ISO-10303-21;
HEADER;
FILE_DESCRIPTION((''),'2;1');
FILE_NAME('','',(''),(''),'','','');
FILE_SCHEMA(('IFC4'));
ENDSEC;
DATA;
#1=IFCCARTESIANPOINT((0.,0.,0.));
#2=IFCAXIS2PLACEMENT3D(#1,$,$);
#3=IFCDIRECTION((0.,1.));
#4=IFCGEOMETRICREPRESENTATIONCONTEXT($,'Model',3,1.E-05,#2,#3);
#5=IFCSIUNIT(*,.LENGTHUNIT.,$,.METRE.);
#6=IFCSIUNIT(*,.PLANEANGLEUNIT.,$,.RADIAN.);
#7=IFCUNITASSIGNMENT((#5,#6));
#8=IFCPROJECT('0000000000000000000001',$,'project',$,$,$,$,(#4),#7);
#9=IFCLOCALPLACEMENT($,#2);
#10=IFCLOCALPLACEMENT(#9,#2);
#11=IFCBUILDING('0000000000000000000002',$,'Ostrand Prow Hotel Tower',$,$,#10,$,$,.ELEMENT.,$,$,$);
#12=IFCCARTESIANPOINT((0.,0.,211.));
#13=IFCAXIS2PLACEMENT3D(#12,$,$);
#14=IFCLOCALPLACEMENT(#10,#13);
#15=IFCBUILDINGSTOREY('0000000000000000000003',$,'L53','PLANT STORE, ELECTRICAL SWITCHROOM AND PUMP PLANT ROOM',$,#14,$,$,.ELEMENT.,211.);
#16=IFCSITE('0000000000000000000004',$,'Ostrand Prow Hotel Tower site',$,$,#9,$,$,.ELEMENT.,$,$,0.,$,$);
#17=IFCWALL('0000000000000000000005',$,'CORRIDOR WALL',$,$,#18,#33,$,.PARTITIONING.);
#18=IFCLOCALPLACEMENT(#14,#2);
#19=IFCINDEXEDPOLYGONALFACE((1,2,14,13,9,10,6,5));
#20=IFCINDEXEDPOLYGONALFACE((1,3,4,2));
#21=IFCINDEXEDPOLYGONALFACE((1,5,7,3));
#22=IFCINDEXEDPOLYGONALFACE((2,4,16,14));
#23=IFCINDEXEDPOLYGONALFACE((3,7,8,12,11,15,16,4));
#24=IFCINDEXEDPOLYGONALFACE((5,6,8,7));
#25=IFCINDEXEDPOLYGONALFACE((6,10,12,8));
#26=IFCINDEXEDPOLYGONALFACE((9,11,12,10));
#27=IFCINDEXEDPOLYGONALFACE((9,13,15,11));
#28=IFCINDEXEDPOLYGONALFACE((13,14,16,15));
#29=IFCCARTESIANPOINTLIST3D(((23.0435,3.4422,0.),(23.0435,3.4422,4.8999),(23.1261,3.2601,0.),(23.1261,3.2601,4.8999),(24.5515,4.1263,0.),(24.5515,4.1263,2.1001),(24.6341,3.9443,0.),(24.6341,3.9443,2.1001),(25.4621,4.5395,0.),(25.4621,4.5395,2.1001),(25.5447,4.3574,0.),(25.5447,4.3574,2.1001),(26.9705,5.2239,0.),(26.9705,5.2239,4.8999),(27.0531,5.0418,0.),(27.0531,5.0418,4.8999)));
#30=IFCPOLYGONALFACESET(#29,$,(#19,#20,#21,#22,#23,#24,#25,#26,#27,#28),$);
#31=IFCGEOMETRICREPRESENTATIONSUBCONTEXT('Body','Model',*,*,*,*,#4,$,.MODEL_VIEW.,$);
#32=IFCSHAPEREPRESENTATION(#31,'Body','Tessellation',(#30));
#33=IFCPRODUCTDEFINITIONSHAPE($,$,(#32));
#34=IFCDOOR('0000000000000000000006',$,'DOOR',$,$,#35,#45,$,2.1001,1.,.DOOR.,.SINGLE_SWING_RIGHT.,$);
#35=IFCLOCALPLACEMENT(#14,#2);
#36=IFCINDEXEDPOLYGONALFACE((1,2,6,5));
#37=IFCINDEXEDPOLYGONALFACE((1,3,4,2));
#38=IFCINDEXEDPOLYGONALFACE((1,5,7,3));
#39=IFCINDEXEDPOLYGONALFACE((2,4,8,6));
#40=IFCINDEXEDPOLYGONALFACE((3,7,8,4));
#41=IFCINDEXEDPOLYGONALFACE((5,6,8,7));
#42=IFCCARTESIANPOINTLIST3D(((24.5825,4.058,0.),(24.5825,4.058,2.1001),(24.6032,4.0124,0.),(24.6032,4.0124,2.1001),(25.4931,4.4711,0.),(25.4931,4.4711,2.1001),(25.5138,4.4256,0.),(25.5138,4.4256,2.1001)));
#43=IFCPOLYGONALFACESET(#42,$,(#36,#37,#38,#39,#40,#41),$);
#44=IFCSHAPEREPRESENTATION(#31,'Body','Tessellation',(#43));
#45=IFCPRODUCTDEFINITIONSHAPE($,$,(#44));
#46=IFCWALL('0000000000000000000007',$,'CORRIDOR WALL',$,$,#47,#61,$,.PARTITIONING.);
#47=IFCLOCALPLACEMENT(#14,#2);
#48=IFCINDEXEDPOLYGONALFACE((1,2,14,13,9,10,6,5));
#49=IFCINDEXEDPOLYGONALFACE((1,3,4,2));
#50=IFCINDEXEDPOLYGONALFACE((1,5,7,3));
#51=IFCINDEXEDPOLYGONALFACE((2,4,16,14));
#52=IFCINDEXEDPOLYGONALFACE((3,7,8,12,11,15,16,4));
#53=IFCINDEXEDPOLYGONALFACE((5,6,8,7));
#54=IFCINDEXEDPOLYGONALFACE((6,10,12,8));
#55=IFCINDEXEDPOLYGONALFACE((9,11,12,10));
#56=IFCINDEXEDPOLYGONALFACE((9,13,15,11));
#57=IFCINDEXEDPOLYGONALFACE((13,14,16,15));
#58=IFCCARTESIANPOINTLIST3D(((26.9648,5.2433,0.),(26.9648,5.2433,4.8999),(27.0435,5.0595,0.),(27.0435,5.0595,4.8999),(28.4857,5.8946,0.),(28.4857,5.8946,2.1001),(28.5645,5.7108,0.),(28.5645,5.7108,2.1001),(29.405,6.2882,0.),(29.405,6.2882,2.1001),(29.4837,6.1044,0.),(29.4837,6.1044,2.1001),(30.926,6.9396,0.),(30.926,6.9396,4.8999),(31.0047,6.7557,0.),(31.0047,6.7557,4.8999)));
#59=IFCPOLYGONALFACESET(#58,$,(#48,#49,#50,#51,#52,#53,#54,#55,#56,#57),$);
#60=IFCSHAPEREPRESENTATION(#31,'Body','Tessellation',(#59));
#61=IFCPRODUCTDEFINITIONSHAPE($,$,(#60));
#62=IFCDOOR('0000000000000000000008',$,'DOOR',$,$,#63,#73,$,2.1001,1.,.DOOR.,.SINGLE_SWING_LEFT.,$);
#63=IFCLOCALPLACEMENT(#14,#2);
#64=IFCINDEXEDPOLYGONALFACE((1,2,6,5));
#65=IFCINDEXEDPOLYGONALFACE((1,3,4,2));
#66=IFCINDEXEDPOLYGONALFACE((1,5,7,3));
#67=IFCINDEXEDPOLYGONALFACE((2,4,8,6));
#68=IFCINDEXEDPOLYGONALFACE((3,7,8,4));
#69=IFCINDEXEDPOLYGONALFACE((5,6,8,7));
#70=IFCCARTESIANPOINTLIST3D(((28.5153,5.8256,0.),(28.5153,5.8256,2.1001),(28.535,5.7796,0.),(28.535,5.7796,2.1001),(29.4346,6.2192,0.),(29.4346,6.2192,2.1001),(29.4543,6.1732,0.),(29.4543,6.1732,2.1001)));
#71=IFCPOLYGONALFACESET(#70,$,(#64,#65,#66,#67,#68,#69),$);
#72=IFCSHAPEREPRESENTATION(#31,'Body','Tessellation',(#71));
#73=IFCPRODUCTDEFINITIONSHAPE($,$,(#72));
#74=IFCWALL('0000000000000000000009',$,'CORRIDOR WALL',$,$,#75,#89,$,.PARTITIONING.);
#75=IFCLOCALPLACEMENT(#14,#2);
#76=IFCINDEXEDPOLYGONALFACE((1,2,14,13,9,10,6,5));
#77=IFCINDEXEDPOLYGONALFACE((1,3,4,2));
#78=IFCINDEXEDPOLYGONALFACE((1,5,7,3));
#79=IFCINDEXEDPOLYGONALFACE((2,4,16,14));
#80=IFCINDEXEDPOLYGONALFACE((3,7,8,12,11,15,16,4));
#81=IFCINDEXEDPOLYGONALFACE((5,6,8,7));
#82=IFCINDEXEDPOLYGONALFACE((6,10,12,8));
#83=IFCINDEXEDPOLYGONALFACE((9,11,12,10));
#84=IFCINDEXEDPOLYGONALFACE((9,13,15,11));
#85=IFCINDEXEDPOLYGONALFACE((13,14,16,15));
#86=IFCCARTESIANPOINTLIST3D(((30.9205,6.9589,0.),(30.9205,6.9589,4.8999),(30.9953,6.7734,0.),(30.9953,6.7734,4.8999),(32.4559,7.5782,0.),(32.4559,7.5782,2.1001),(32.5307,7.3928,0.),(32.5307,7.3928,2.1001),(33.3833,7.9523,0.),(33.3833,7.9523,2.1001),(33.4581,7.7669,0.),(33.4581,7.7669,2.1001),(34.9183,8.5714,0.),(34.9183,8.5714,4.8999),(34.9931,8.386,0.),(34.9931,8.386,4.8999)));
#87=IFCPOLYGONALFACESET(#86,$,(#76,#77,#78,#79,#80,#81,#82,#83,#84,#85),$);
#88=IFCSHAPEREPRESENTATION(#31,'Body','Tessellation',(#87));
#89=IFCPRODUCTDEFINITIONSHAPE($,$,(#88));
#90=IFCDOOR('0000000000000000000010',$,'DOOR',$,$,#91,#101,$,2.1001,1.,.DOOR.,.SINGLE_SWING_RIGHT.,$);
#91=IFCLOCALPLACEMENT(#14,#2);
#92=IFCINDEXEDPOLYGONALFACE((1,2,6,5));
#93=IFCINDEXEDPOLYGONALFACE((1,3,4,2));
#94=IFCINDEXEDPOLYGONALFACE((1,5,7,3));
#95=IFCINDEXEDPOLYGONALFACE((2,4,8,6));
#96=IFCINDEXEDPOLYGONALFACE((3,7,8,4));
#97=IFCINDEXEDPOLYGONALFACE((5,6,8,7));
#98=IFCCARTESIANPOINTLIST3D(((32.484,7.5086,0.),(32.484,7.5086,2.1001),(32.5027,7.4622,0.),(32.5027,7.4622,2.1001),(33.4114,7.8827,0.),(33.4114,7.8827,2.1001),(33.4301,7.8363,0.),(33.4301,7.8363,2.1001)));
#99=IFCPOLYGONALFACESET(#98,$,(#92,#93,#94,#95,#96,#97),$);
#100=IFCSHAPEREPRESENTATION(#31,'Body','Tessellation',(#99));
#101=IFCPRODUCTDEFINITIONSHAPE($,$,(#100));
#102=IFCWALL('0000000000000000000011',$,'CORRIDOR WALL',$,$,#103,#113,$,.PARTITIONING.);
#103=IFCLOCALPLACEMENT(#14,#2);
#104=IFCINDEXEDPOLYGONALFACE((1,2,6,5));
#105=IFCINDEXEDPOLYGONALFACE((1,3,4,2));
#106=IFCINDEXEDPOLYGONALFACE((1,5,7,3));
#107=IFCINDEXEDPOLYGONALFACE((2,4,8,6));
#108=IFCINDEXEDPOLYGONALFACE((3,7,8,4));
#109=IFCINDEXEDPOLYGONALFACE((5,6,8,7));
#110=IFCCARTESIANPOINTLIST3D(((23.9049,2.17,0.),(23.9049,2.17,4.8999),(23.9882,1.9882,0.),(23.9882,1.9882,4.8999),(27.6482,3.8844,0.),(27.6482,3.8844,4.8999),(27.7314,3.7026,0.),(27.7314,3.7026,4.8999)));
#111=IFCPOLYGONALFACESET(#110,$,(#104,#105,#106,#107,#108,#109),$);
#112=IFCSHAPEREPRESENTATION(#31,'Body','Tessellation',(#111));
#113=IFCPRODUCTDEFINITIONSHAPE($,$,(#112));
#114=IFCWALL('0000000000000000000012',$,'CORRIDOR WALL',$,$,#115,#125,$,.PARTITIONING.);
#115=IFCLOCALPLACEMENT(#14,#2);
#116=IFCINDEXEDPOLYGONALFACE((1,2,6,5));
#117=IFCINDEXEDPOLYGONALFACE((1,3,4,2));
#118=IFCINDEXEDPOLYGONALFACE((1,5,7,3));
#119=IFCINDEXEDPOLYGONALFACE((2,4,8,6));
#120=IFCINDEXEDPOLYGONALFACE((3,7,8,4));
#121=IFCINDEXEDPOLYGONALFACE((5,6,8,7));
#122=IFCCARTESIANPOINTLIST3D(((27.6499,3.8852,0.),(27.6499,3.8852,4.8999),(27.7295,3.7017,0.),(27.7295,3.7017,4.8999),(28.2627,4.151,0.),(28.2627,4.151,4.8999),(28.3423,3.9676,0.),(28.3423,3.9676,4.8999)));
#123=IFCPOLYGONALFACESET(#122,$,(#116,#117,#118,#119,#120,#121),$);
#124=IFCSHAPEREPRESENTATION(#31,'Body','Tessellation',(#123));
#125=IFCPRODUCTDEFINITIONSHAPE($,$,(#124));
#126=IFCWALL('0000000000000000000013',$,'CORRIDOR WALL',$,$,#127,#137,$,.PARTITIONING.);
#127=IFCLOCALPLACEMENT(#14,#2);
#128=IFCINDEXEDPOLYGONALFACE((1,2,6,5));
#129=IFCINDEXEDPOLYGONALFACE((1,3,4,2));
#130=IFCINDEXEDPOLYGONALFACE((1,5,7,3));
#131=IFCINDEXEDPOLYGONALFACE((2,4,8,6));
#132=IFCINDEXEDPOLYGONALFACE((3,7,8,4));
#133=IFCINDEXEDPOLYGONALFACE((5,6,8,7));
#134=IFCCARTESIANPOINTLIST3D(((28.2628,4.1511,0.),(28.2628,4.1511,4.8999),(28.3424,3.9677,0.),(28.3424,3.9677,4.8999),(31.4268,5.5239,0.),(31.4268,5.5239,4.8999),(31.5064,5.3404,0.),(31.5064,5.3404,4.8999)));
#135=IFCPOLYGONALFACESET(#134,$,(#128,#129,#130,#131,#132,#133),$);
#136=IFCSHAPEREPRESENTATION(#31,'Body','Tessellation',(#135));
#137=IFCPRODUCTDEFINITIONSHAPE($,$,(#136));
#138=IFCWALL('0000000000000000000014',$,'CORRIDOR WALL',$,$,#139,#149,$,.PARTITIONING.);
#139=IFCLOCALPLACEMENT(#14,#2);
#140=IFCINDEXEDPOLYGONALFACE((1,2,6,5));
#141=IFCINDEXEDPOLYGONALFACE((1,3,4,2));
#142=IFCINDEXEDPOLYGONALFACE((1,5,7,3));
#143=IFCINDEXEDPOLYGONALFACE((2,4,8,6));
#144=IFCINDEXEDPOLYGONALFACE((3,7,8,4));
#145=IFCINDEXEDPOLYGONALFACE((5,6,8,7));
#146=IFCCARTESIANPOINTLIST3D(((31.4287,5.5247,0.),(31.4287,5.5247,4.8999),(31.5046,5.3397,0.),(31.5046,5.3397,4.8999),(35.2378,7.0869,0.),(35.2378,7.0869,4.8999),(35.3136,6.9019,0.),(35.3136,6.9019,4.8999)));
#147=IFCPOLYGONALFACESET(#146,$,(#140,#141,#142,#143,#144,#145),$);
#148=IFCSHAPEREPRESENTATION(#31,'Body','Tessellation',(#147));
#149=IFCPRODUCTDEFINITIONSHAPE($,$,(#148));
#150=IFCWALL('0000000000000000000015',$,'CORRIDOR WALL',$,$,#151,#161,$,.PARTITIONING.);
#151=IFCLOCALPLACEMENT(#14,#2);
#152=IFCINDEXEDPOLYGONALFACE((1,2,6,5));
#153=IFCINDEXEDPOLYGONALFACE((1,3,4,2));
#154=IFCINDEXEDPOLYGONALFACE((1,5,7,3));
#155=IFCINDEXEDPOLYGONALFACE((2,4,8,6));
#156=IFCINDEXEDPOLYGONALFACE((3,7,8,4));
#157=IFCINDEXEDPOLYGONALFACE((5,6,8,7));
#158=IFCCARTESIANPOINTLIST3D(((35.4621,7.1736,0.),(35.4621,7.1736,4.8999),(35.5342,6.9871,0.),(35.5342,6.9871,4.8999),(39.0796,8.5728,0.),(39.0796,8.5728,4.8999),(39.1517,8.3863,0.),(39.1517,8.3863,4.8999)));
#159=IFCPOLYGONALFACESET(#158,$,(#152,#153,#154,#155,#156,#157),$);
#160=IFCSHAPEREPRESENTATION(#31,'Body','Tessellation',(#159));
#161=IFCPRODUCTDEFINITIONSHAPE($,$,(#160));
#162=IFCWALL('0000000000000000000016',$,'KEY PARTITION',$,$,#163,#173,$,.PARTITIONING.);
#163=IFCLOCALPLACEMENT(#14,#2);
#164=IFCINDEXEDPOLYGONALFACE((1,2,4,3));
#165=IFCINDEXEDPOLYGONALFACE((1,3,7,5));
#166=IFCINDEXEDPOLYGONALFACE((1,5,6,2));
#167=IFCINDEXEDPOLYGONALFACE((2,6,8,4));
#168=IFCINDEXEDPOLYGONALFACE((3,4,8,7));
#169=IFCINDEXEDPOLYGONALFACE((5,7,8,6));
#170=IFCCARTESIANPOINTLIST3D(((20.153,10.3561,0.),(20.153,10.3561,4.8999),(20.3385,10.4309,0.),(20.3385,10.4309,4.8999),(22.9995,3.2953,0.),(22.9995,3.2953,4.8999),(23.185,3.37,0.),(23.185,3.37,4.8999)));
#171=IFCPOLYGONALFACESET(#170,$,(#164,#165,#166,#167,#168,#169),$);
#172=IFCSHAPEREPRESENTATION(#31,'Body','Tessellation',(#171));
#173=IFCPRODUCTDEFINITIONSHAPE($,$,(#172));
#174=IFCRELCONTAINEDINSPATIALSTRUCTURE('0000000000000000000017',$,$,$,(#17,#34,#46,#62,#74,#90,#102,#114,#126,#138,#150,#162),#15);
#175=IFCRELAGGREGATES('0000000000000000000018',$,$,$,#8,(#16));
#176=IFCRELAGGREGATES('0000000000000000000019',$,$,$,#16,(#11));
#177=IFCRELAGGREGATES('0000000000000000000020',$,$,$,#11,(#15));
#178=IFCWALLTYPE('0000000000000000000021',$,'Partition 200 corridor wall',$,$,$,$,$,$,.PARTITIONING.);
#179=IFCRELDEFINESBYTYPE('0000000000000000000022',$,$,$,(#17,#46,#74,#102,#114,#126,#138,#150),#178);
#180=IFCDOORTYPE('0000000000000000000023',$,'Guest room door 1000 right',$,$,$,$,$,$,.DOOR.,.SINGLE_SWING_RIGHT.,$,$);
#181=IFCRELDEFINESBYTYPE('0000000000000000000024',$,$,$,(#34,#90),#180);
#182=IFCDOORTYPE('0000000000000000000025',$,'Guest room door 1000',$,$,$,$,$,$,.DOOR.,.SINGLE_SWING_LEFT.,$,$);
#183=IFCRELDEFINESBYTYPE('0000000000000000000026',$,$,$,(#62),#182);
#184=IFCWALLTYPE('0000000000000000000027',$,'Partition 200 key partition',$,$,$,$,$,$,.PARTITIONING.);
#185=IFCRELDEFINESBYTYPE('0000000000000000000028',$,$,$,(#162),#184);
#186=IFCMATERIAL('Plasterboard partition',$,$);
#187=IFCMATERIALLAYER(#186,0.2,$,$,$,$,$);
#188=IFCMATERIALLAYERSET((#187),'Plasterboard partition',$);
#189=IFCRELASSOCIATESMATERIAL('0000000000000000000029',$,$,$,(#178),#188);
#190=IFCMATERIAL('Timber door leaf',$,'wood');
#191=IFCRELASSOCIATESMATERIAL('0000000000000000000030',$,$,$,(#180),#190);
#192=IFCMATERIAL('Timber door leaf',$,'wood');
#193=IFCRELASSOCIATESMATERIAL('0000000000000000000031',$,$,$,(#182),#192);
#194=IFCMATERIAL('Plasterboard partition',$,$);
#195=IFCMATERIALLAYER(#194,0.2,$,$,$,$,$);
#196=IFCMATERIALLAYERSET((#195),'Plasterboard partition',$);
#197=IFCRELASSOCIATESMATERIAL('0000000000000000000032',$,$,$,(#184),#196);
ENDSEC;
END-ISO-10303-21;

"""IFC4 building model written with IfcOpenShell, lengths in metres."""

from ifc_helpers import new_model, si_unit, direction, frame, frame_2d, origin, place, context, subcontext, project, spatial, rectangle, extrude, material, layer, layer_set, type_object, element, fill, save


model = new_model("IFC4")

# Units and contexts
model_context = context("Model", 3, precision=1e-05, world=origin(), true_north=direction((0.0, 1.0)))
body_context = subcontext(model_context, "Body", "Model", "MODEL_VIEW")
ifc_project = project(units=[si_unit("LENGTHUNIT", "METRE"), si_unit("PLANEANGLEUNIT", "RADIAN")], contexts=[model_context])

# Site, building, storey
site_placement = place(None, origin())
site = spatial("IfcSite", under=ifc_project, at=site_placement, Name="Ostrand Prow Hotel Tower site", CompositionType="ELEMENT", RefElevation=0.0)
building_placement = place(site_placement, origin())
building = spatial("IfcBuilding", under=site, at=building_placement, Name="Ostrand Prow Hotel Tower", CompositionType="ELEMENT")
storey_placement = place(building_placement, frame((0.0, 0.0, 211.0)))
storey = spatial("IfcBuildingStorey", under=building, at=storey_placement, Name="L53", Description="PLANT STORE, ELECTRICAL SWITCHROOM AND PUMP PLANT ROOM", CompositionType="ELEMENT", Elevation=211.0)

# Walls, openings, doors
ifc_material_1 = material(Name="Plasterboard partition")
ifc_layer_1 = layer(ifc_material_1, 0.2)
ifc_layer_set_1 = layer_set([ifc_layer_1], Name="Plasterboard partition")
wall_type_1 = type_object("IfcWallType", Name="Partition 200 corridor wall", PredefinedType="PARTITIONING", material=ifc_layer_set_1)
wall_1_placement = place(storey_placement, frame((23.0847, 3.3511, 0.0), z_axis=(0.0, 0.0, 1.0), x_axis=(0.910651, 0.413176, 0.0)))
wall_1 = element("IfcWall", 1, at=wall_1_placement, inside=storey, type_object=wall_type_1, Name="CORRIDOR WALL", PredefinedType="PARTITIONING", context=body_context, shape_type="SweptSolid", body=[
    extrude(rectangle(XDim=4.3123, YDim=0.2, at=frame_2d((2.1562, 0.0))), origin(), (0.0, 0.0, 1.0), 4.8999),
])
opening_1_placement = place(wall_1_placement, frame((1.656, 0.0, 0.0)))
opening_1 = element("IfcOpeningElement", 2, at=opening_1_placement, cuts=wall_1, PredefinedType="OPENING", context=body_context, shape_type="SweptSolid", body=[
    extrude(rectangle(XDim=1.0, YDim=2.1001, at=frame_2d((0.5, 1.05))), frame((0.0, 0.1099, 0.0), z_axis=(0.0, -1.0, 0.0), x_axis=(1.0, 0.0, 0.0)), (0.0, 0.0, 1.0), 0.22),
])
ifc_material_2 = material(Name="Timber door leaf", Category="wood")
door_type_1 = type_object("IfcDoorType", Name="Guest room door 1000 right", OperationType="SINGLE_SWING_RIGHT", PredefinedType="DOOR", material=ifc_material_2)
door_1_placement = place(opening_1_placement, origin())
door_1 = element("IfcDoor", 3, at=door_1_placement, inside=storey, type_object=door_type_1, Name="DOOR", OperationType="SINGLE_SWING_RIGHT", OverallHeight=2.1001, OverallWidth=1.0, PredefinedType="DOOR", context=body_context, shape_type="SweptSolid", body=[
    extrude(rectangle(XDim=1.0, YDim=2.1001, at=frame_2d((0.5, 1.05))), frame((0.0, 0.0249, 0.0), z_axis=(0.0, -1.0, 0.0), x_axis=(1.0, 0.0, 0.0)), (0.0, 0.0, 1.0), 0.05),
])
fill(opening_1, door_1)
wall_2_placement = place(storey_placement, frame((27.0042, 5.1514, 0.0), z_axis=(0.0, 0.0, 1.0), x_axis=(0.919259, 0.393653, 0.0)))
wall_2 = element("IfcWall", 4, at=wall_2_placement, inside=storey, type_object=wall_type_1, Name="CORRIDOR WALL", PredefinedType="PARTITIONING", context=body_context, shape_type="SweptSolid", body=[
    extrude(rectangle(XDim=4.3091, YDim=0.2, at=frame_2d((2.1545, 0.0))), origin(), (0.0, 0.0, 1.0), 4.8999),
])
opening_2_placement = place(wall_2_placement, frame((1.6545, 0.0, 0.0)))
opening_2 = element("IfcOpeningElement", 5, at=opening_2_placement, cuts=wall_2, PredefinedType="OPENING", context=body_context, shape_type="SweptSolid", body=[
    extrude(rectangle(XDim=1.0, YDim=2.1001, at=frame_2d((0.5, 1.05))), frame((0.0, 0.1099, 0.0), z_axis=(0.0, -1.0, 0.0), x_axis=(1.0, 0.0, 0.0)), (0.0, 0.0, 1.0), 0.22),
])
ifc_material_3 = material(Name="Timber door leaf", Category="wood")
door_type_2 = type_object("IfcDoorType", Name="Guest room door 1000", OperationType="SINGLE_SWING_LEFT", PredefinedType="DOOR", material=ifc_material_3)
door_2_placement = place(opening_2_placement, origin())
door_2 = element("IfcDoor", 6, at=door_2_placement, inside=storey, type_object=door_type_2, Name="DOOR", OperationType="SINGLE_SWING_LEFT", OverallHeight=2.1001, OverallWidth=1.0, PredefinedType="DOOR", context=body_context, shape_type="SweptSolid", body=[
    extrude(rectangle(XDim=1.0, YDim=2.1001, at=frame_2d((0.5, 1.05))), frame((0.0, 0.0249, 0.0), z_axis=(0.0, -1.0, 0.0), x_axis=(1.0, 0.0, 0.0)), (0.0, 0.0, 1.0), 0.05),
])
fill(opening_2, door_2)
wall_3_placement = place(storey_placement, frame((30.958, 6.8662, 0.0), z_axis=(0.0, 0.0, 1.0), x_axis=(0.927399, 0.374074, 0.0)))
wall_3 = element("IfcWall", 7, at=wall_3_placement, inside=storey, type_object=wall_type_1, Name="CORRIDOR WALL", PredefinedType="PARTITIONING", context=body_context, shape_type="SweptSolid", body=[
    extrude(rectangle(XDim=4.3108, YDim=0.2, at=frame_2d((2.1553, 0.0))), origin(), (0.0, 0.0, 1.0), 4.8999),
])
opening_3_placement = place(wall_3_placement, frame((1.6555, 0.0, 0.0)))
opening_3 = element("IfcOpeningElement", 8, at=opening_3_placement, cuts=wall_3, PredefinedType="OPENING", context=body_context, shape_type="SweptSolid", body=[
    extrude(rectangle(XDim=1.0, YDim=2.1001, at=frame_2d((0.5, 1.05))), frame((0.0, 0.1099, 0.0), z_axis=(0.0, -1.0, 0.0), x_axis=(1.0, 0.0, 0.0)), (0.0, 0.0, 1.0), 0.22),
])
door_3_placement = place(opening_3_placement, origin())
door_3 = element("IfcDoor", 9, at=door_3_placement, inside=storey, type_object=door_type_1, Name="DOOR", OperationType="SINGLE_SWING_RIGHT", OverallHeight=2.1001, OverallWidth=1.0, PredefinedType="DOOR", context=body_context, shape_type="SweptSolid", body=[
    extrude(rectangle(XDim=1.0, YDim=2.1001, at=frame_2d((0.5, 1.05))), frame((0.0, 0.0249, 0.0), z_axis=(0.0, -1.0, 0.0), x_axis=(1.0, 0.0, 0.0)), (0.0, 0.0, 1.0), 0.05),
])
fill(opening_3, door_3)

# Walls
wall_4_placement = place(storey_placement, frame((23.9465, 2.0791, 0.0), z_axis=(0.0, 0.0, 1.0), x_axis=(0.909181, 0.416402, 0.0)))
element("IfcWall", 10, at=wall_4_placement, inside=storey, type_object=wall_type_1, Name="CORRIDOR WALL", PredefinedType="PARTITIONING", context=body_context, shape_type="SweptSolid", body=[
    extrude(rectangle(XDim=4.1172, YDim=0.2, at=frame_2d((2.0586, 0.0))), origin(), (0.0, 0.0, 1.0), 4.8999),
])
wall_5_placement = place(storey_placement, frame((27.6897, 3.7935, 0.0), z_axis=(0.0, 0.0, 1.0), x_axis=(0.917378, 0.398018, 0.0)))
element("IfcWall", 11, at=wall_5_placement, inside=storey, type_object=wall_type_1, Name="CORRIDOR WALL", PredefinedType="PARTITIONING", context=body_context, shape_type="SweptSolid", body=[
    extrude(rectangle(XDim=0.668, YDim=0.2, at=frame_2d((0.334, 0.0))), origin(), (0.0, 0.0, 1.0), 4.8999),
])
wall_6_placement = place(storey_placement, frame((28.3025, 4.0593, 0.0), z_axis=(0.0, 0.0, 1.0), x_axis=(0.917375, 0.398025, 0.0)))
element("IfcWall", 12, at=wall_6_placement, inside=storey, type_object=wall_type_1, Name="CORRIDOR WALL", PredefinedType="PARTITIONING", context=body_context, shape_type="SweptSolid", body=[
    extrude(rectangle(XDim=3.449, YDim=0.2, at=frame_2d((1.7246, 0.0))), origin(), (0.0, 0.0, 1.0), 4.8999),
])
wall_7_placement = place(storey_placement, frame((31.4666, 5.4321, 0.0), z_axis=(0.0, 0.0, 1.0), x_axis=(0.925207, 0.379464, 0.0)))
element("IfcWall", 13, at=wall_7_placement, inside=storey, type_object=wall_type_1, Name="CORRIDOR WALL", PredefinedType="PARTITIONING", context=body_context, shape_type="SweptSolid", body=[
    extrude(rectangle(XDim=4.1169, YDim=0.2, at=frame_2d((2.0586, 0.0))), origin(), (0.0, 0.0, 1.0), 4.8999),
])
wall_8_placement = place(storey_placement, frame((35.498, 7.0803, 0.0), z_axis=(0.0, 0.0, 1.0), x_axis=(0.932666, 0.360742, 0.0)))
element("IfcWall", 14, at=wall_8_placement, inside=storey, type_object=wall_type_1, Name="CORRIDOR WALL", PredefinedType="PARTITIONING", context=body_context, shape_type="SweptSolid", body=[
    extrude(rectangle(XDim=3.8787, YDim=0.2, at=frame_2d((1.9395, 0.0))), origin(), (0.0, 0.0, 1.0), 4.8999),
])
ifc_material_4 = material(Name="Plasterboard partition")
ifc_layer_2 = layer(ifc_material_4, 0.2)
ifc_layer_set_2 = layer_set([ifc_layer_2], Name="Plasterboard partition")
wall_type_2 = type_object("IfcWallType", Name="Partition 200 key partition", PredefinedType="PARTITIONING", material=ifc_layer_set_2)
wall_9_placement = place(storey_placement, frame((23.0923, 3.3325, 0.0), z_axis=(0.0, 0.0, 1.0), x_axis=(-0.373894, 0.927471, 0.0)))
element("IfcWall", 15, at=wall_9_placement, inside=storey, type_object=wall_type_2, Name="KEY PARTITION", PredefinedType="PARTITIONING", context=body_context, shape_type="SweptSolid", body=[
    extrude(rectangle(XDim=7.613, YDim=0.2, at=frame_2d((3.8066, 0.0))), origin(), (0.0, 0.0, 1.0), 4.8999),
])

save(model, "model.ifc")
